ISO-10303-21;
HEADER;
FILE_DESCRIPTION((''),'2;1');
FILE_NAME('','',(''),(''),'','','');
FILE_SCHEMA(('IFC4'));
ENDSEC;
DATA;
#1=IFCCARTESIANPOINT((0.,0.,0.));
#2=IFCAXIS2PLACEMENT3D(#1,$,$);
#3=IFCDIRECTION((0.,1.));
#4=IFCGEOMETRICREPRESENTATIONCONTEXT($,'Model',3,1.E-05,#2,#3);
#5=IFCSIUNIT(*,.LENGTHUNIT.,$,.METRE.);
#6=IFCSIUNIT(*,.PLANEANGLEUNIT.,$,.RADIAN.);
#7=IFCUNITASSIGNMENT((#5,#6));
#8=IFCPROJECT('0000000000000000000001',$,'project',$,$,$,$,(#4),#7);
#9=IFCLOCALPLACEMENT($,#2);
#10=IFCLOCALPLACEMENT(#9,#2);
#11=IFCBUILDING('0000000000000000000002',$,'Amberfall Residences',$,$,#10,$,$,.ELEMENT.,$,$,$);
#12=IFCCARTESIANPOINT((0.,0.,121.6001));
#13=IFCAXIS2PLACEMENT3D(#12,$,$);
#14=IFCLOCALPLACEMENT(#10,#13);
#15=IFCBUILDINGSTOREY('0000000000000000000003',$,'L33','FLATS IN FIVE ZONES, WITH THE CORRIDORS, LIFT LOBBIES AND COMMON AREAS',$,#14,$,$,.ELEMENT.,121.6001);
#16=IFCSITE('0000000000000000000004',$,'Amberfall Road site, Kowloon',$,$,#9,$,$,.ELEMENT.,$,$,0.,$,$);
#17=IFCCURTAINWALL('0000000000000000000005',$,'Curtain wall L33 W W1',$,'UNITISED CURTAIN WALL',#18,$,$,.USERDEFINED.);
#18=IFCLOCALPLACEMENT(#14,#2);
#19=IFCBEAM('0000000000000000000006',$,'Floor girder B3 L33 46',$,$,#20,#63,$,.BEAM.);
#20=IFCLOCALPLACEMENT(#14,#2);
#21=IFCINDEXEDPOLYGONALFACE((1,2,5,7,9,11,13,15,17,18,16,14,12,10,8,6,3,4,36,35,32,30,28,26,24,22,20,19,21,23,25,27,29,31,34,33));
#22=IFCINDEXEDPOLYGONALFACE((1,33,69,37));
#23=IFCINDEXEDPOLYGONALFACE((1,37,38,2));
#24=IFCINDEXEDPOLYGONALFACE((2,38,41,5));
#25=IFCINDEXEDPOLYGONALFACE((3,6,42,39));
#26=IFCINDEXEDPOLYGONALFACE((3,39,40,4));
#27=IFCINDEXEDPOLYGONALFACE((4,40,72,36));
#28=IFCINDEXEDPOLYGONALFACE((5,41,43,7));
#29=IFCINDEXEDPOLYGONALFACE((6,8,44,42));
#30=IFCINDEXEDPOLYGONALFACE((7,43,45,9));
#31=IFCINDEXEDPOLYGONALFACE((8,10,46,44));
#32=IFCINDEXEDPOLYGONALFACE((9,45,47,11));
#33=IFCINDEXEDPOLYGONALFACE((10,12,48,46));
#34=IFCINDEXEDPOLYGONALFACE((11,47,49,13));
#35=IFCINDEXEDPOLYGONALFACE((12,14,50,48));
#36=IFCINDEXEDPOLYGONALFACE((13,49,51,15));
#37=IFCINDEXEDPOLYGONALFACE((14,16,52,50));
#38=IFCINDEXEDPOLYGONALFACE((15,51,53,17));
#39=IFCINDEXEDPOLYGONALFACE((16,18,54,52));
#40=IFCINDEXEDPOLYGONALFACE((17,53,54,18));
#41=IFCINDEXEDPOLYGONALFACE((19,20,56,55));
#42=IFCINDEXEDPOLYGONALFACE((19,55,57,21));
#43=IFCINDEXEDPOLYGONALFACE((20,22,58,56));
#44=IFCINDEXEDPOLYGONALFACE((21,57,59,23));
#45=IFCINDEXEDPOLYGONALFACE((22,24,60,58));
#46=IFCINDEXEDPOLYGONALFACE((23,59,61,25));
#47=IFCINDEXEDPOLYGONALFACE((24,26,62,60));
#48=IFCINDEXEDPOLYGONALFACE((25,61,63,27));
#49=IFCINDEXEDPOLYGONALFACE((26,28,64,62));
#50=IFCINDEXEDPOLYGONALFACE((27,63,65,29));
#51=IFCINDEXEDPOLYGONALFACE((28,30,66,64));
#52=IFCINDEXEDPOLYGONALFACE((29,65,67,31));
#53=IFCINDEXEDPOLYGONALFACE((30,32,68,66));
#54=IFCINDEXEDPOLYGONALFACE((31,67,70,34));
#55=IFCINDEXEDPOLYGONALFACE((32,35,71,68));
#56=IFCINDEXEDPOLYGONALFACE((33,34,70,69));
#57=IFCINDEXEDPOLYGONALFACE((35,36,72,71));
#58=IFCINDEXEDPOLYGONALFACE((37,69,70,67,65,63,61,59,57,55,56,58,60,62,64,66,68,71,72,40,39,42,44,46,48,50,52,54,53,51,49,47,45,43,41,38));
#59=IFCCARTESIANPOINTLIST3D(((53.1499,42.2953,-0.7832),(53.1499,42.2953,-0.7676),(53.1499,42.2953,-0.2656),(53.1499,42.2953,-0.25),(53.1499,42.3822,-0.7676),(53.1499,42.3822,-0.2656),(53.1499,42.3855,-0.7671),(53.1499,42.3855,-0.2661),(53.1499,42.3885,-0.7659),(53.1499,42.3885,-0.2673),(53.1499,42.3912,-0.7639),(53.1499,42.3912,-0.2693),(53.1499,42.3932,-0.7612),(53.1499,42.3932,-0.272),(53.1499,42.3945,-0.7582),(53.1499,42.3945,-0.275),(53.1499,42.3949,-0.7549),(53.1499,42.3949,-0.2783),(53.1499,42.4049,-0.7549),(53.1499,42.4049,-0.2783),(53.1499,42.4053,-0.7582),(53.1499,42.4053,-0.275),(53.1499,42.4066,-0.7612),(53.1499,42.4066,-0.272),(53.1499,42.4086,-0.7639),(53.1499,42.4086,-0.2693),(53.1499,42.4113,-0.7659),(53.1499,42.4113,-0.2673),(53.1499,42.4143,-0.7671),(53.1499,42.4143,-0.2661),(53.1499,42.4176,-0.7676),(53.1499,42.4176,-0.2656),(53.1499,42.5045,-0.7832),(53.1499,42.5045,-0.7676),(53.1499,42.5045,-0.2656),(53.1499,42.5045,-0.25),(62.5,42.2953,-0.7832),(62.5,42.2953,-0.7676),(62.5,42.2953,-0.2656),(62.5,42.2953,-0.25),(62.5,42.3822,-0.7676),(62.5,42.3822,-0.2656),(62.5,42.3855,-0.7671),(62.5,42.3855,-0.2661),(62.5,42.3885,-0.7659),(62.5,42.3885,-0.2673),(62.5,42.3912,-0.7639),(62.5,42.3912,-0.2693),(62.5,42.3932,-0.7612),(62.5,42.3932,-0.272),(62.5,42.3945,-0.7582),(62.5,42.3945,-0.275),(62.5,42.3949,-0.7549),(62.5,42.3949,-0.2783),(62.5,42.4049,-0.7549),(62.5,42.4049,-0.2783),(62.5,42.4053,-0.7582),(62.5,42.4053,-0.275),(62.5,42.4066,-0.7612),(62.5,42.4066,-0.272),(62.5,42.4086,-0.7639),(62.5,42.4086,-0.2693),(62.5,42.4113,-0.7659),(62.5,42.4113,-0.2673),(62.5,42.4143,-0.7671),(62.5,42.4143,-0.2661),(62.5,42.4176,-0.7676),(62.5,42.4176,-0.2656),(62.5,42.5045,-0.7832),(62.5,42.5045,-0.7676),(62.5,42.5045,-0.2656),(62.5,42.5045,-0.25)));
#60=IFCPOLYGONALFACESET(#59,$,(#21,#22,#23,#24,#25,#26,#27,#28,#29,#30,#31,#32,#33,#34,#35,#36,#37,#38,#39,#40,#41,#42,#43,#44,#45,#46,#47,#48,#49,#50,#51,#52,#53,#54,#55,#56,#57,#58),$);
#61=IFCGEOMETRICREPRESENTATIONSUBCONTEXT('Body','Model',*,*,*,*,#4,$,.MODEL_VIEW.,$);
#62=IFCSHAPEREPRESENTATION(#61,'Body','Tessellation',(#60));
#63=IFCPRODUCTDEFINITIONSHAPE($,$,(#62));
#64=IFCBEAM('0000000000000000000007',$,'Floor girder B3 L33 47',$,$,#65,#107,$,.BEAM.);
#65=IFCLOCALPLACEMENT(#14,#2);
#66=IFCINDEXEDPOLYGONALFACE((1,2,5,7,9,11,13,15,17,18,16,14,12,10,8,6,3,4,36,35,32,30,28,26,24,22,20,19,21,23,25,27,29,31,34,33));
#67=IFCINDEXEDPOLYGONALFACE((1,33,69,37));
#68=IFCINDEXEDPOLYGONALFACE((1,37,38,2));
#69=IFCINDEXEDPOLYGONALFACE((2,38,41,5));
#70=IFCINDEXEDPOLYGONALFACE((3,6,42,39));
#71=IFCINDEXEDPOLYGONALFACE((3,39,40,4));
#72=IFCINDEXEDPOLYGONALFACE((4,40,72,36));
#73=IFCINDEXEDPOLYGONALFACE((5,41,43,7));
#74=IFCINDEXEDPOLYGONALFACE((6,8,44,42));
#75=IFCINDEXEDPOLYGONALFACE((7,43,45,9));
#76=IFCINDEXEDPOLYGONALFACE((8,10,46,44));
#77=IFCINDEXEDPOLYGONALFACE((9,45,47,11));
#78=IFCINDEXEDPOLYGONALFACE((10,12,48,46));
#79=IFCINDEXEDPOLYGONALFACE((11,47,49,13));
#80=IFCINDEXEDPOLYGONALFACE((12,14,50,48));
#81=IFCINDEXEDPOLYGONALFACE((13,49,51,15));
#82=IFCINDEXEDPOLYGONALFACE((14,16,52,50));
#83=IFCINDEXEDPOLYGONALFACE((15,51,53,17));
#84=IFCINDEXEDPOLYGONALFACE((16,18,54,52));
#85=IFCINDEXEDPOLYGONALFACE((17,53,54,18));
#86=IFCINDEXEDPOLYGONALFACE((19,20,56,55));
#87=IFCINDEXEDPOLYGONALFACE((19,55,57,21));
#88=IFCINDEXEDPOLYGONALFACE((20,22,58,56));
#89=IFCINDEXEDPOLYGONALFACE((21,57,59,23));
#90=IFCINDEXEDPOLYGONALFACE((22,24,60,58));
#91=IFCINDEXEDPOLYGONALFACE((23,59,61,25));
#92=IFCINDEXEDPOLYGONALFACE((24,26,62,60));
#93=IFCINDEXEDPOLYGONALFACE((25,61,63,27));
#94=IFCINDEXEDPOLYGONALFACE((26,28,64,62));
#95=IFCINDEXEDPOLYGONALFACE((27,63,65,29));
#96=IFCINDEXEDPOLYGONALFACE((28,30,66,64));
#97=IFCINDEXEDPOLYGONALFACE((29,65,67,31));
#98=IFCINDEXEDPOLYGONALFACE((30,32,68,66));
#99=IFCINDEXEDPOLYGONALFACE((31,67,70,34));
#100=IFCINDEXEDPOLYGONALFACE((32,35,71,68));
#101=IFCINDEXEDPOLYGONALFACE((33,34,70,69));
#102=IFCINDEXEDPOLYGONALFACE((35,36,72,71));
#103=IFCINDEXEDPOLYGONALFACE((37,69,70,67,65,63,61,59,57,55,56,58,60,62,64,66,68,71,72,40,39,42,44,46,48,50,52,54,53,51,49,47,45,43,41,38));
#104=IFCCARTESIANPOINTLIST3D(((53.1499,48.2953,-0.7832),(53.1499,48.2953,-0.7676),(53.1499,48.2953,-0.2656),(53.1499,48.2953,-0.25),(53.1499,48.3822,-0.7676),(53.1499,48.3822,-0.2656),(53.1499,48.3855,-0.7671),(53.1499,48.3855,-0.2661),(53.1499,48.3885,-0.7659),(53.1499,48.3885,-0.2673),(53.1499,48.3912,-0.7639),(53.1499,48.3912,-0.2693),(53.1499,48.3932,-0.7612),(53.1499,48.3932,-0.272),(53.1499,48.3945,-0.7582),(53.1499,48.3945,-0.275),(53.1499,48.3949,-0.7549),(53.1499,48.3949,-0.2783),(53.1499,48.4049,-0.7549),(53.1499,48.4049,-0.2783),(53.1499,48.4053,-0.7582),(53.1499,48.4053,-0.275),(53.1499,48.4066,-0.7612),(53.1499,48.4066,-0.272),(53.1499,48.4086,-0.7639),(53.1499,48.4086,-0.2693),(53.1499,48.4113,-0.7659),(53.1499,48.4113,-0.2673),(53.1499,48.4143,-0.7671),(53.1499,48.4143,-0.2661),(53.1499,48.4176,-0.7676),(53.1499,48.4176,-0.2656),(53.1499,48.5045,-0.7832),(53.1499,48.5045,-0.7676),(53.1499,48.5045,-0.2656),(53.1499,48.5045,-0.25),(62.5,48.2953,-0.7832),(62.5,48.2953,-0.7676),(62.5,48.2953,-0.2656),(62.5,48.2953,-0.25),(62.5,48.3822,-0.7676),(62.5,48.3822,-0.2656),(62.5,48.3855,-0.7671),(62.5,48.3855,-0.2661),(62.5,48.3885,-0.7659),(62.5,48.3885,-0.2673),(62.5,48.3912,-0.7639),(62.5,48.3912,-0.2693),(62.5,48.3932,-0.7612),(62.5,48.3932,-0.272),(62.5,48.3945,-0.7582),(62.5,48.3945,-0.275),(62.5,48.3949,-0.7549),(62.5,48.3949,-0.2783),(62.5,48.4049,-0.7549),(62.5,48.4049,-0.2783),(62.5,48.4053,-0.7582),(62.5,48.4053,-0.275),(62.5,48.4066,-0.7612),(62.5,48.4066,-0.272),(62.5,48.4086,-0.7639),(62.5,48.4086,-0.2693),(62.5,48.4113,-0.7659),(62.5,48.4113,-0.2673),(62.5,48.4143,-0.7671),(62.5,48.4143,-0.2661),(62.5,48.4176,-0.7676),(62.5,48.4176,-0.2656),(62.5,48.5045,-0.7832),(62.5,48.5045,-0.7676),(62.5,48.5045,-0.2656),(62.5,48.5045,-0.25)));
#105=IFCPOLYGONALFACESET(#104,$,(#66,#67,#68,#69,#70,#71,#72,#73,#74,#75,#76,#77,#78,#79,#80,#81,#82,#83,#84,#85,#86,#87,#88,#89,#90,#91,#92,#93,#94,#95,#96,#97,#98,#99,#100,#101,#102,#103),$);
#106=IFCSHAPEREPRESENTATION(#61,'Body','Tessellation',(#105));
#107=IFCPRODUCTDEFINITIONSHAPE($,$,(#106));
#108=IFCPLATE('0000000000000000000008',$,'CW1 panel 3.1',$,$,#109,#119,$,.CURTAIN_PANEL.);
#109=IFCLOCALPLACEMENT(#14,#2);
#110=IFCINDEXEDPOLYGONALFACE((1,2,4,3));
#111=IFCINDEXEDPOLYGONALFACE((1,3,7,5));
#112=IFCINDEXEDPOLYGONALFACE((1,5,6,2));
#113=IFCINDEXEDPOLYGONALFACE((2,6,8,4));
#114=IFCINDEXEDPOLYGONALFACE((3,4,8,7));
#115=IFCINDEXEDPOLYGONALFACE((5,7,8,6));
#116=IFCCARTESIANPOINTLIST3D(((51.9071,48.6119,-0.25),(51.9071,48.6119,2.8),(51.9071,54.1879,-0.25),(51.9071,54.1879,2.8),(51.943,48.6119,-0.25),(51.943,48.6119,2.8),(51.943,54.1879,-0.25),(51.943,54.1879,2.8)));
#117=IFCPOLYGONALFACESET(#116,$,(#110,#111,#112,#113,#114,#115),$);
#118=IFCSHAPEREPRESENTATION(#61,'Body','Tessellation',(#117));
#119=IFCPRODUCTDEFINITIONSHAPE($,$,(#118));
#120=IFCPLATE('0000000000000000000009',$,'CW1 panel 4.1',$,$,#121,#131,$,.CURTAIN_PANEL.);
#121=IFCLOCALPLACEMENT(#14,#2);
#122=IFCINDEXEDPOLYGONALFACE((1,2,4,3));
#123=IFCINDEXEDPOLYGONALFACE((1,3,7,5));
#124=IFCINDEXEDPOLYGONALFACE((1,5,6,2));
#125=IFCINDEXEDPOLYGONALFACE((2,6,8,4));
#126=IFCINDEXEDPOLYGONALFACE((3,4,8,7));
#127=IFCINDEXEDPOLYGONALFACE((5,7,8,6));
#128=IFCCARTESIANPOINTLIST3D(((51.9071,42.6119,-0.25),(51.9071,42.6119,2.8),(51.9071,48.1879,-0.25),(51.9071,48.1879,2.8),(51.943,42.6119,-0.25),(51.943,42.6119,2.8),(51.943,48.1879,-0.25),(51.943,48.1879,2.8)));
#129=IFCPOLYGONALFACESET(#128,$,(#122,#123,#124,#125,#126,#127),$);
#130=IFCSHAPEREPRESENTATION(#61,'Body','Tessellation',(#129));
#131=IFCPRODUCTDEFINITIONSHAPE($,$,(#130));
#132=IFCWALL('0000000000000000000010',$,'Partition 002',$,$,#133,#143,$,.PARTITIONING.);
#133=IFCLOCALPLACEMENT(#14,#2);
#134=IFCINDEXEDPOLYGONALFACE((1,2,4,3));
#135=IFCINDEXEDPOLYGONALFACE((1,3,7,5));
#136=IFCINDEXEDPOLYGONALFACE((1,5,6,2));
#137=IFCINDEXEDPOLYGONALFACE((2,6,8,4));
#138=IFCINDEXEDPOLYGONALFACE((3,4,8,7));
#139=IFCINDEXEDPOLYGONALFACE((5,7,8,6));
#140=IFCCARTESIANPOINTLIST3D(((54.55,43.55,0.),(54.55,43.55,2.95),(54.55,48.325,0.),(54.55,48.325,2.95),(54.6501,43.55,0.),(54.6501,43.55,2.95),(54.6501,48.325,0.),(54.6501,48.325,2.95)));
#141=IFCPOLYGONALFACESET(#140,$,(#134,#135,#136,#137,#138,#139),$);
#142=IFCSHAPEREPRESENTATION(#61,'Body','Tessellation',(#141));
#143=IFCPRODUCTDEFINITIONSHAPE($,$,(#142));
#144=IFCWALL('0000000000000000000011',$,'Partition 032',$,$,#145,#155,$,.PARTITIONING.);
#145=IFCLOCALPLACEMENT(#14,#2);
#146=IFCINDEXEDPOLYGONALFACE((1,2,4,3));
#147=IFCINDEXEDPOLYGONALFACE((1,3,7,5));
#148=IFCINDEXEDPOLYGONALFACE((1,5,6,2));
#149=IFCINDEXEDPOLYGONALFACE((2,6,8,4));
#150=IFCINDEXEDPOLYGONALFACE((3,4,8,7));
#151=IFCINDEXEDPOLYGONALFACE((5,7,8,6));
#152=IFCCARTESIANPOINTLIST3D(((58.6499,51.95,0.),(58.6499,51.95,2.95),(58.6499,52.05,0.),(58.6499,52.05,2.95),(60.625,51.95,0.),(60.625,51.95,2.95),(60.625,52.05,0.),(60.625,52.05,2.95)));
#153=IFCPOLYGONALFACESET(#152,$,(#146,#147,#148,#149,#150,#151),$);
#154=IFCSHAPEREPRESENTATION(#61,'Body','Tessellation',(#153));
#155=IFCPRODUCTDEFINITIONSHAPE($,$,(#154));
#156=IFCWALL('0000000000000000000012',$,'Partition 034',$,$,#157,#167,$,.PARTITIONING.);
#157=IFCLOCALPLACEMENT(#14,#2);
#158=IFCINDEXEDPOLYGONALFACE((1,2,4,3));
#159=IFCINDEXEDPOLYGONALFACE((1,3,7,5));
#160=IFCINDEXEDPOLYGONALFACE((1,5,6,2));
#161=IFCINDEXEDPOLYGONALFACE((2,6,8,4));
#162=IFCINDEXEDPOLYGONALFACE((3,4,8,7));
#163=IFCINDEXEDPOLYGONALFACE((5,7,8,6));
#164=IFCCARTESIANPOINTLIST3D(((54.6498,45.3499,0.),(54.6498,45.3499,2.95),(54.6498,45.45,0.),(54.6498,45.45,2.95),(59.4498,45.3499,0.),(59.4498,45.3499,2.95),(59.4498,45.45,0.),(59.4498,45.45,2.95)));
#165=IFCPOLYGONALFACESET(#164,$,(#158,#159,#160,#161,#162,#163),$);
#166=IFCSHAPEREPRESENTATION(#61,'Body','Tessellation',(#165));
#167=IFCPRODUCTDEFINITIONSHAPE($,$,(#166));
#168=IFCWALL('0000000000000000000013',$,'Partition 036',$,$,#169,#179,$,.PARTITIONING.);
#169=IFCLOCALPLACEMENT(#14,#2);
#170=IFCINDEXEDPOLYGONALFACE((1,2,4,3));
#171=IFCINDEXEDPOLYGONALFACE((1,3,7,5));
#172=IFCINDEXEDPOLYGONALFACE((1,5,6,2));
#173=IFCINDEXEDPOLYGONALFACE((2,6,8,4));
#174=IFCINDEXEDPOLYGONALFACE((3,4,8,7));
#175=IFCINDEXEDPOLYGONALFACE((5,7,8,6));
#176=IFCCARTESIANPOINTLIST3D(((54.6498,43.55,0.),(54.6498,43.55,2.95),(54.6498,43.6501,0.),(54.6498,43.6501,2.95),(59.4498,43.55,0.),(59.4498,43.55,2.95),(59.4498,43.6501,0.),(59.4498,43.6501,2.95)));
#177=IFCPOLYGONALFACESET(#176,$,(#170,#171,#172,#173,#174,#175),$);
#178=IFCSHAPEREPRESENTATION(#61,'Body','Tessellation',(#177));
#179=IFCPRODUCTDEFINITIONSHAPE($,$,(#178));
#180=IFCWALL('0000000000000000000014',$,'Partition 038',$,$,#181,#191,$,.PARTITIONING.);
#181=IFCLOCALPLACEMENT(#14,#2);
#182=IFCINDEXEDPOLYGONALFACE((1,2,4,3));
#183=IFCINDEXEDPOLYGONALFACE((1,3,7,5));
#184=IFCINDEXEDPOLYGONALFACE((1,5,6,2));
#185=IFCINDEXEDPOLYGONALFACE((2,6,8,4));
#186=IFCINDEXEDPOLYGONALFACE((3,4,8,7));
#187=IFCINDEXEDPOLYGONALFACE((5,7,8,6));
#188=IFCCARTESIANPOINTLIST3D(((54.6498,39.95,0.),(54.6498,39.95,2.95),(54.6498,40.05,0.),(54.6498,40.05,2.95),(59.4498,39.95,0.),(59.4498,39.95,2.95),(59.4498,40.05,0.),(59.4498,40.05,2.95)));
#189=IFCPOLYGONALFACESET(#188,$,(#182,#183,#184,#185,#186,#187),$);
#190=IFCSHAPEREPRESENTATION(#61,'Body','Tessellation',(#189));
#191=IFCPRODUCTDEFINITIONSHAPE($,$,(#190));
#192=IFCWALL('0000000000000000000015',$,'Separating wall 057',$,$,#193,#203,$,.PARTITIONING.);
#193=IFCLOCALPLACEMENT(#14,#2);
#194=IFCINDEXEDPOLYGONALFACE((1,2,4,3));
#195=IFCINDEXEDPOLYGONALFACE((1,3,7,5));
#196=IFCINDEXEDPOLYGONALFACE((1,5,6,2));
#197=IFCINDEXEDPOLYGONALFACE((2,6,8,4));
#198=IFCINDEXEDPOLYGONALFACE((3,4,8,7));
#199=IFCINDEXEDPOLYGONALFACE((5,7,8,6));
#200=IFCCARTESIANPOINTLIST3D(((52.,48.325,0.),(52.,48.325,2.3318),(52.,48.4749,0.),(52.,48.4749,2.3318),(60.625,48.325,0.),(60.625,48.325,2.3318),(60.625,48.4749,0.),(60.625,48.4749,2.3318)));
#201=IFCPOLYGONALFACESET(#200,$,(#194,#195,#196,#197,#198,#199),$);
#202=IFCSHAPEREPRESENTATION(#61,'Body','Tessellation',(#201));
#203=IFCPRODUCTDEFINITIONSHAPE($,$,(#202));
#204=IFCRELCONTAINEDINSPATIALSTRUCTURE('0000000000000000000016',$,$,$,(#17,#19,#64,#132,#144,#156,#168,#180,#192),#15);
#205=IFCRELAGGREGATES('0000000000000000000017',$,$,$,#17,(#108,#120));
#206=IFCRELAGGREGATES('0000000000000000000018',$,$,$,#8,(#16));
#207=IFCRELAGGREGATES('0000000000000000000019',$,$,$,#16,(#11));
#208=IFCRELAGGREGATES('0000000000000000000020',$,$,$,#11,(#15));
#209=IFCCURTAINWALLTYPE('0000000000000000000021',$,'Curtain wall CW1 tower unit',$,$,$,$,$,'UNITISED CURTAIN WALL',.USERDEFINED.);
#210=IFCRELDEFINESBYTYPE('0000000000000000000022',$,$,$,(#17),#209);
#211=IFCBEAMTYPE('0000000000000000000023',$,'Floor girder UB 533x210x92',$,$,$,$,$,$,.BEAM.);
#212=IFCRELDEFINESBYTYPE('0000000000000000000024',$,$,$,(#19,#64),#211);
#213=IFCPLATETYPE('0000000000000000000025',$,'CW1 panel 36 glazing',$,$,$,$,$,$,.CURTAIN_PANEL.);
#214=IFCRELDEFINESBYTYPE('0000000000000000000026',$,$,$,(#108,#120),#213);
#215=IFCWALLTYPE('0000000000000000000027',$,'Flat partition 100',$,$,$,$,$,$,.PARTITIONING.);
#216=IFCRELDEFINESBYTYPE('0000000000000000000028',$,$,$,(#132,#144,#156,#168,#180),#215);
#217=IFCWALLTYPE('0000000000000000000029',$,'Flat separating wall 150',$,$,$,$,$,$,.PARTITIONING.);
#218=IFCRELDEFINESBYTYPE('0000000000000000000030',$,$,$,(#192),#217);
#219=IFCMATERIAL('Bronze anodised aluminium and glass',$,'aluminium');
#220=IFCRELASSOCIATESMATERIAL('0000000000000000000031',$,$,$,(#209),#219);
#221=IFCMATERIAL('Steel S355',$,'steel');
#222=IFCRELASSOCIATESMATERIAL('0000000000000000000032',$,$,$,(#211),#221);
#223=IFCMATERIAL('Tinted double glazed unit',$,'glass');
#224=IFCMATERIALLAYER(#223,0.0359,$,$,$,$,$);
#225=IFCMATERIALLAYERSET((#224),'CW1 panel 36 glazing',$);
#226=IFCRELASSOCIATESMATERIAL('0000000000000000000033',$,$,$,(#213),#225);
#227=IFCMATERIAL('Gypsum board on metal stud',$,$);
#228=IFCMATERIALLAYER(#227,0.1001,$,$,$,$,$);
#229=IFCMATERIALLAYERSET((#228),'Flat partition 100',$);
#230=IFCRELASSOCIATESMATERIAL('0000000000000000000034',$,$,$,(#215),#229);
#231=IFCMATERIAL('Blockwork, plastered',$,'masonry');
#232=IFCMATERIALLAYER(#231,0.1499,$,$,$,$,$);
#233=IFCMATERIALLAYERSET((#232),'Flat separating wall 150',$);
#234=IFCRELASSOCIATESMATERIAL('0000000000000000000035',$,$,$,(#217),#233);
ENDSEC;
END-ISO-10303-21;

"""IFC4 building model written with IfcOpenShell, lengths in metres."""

from ifc_helpers import new_model, si_unit, direction, frame, frame_2d, origin, origin_2d, place, context, subcontext, project, spatial, rectangle, i_section, extrude, material, layer, layer_set, material_profile, profile_set, type_object, element, aggregate, save


model = new_model("IFC4")

# Units and contexts
model_context = context("Model", 3, precision=1e-05, world=origin(), true_north=direction((0.0, 1.0)))
body_context = subcontext(model_context, "Body", "Model", "MODEL_VIEW")
ifc_project = project(units=[si_unit("LENGTHUNIT", "METRE"), si_unit("PLANEANGLEUNIT", "RADIAN")], contexts=[model_context])

# Site, building, storey
site_placement = place(None, origin())
site = spatial("IfcSite", under=ifc_project, at=site_placement, Name="Amberfall Road site, Kowloon", CompositionType="ELEMENT", RefElevation=0.0)
building_placement = place(site_placement, origin())
building = spatial("IfcBuilding", under=site, at=building_placement, Name="Amberfall Residences", CompositionType="ELEMENT")
storey_placement = place(building_placement, frame((0.0, 0.0, 121.6001)))
storey = spatial("IfcBuildingStorey", under=building, at=storey_placement, Name="L33", Description="FLATS IN FIVE ZONES, WITH THE CORRIDORS, LIFT LOBBIES AND COMMON AREAS", CompositionType="ELEMENT", Elevation=121.6001)

# Curtain wall
ifc_material_1 = material(Name="Bronze anodised aluminium and glass", Category="aluminium")
curtain_wall_type = type_object("IfcCurtainWallType", Name="Curtain wall CW1 tower unit", ElementType="UNITISED CURTAIN WALL", PredefinedType="USERDEFINED", material=ifc_material_1)
curtain_wall_placement = place(storey_placement, origin())
curtain_wall = element("IfcCurtainWall", 1, at=curtain_wall_placement, inside=storey, type_object=curtain_wall_type, Name="Curtain wall L33 W W1", ObjectType="UNITISED CURTAIN WALL", PredefinedType="USERDEFINED")

# Shared definitions
ifc_material_2 = material(Name="Steel S355", Category="steel")

# Beams
ifc_material_profile_1 = material_profile(ifc_material_2, i_section(OverallWidth=0.2092, OverallDepth=0.5332, WebThickness=0.01, FlangeThickness=0.0156, FilletRadius=0.0127, at=origin_2d()), Name="UB 533x210x92")
ifc_profile_set_1 = profile_set([ifc_material_profile_1], Name="Steel S355")
beam_type_1 = type_object("IfcBeamType", Name="Floor girder UB 533x210x92", PredefinedType="BEAM", material=ifc_profile_set_1)
for number, where, z_axis, x_axis, name in (
    (2, (53.1499, 42.3999, -0.5166), (1.0, 0.0, 0.0), (0.0, 1.0, 0.0), "Floor girder B3 L33 46"),
    (3, (53.1499, 48.3999, -0.5166), (1.0, 0.0, 0.0), (0.0, 1.0, 0.0), "Floor girder B3 L33 47"),
):
    element("IfcBeam", number, at=place(storey_placement, frame(where, z_axis=z_axis, x_axis=x_axis)), inside=storey, type_object=beam_type_1, Name=name, PredefinedType="BEAM", context=body_context, shape_type="SweptSolid", body=[
        extrude(i_section(OverallWidth=0.2092, OverallDepth=0.5332, WebThickness=0.01, FlangeThickness=0.0156, FilletRadius=0.0127, at=origin_2d()), origin(), (0.0, 0.0, 1.0), 9.3501),
    ])

# Plates
ifc_material_3 = material(Name="Tinted double glazed unit", Category="glass")
ifc_layer_1 = layer(ifc_material_3, 0.0359)
ifc_layer_set_1 = layer_set([ifc_layer_1], Name="CW1 panel 36 glazing")
plate_type = type_object("IfcPlateType", Name="CW1 panel 36 glazing", PredefinedType="CURTAIN_PANEL", material=ifc_layer_set_1)
plate_1_placement = place(storey_placement, frame((51.925, 51.3999, -0.25), z_axis=(0.0, 0.0, 1.0), x_axis=(0.0, -1.0, 0.0)))
plate_1 = element("IfcPlate", 4, at=plate_1_placement, type_object=plate_type, Name="CW1 panel 3.1", PredefinedType="CURTAIN_PANEL", context=body_context, shape_type="SweptSolid", body=[
    extrude(rectangle(XDim=5.5759, YDim=0.0359, at=origin_2d()), origin(), (0.0, 0.0, 1.0), 3.05),
])
plate_2_placement = place(storey_placement, frame((51.925, 45.3999, -0.25), z_axis=(0.0, 0.0, 1.0), x_axis=(0.0, -1.0, 0.0)))
plate_2 = element("IfcPlate", 5, at=plate_2_placement, type_object=plate_type, Name="CW1 panel 4.1", PredefinedType="CURTAIN_PANEL", context=body_context, shape_type="SweptSolid", body=[
    extrude(rectangle(XDim=5.5759, YDim=0.0359, at=origin_2d()), origin(), (0.0, 0.0, 1.0), 3.05),
])
aggregate(curtain_wall, [plate_1, plate_2])

# Walls
ifc_material_4 = material(Name="Gypsum board on metal stud")
ifc_layer_2 = layer(ifc_material_4, 0.1001)
ifc_layer_set_2 = layer_set([ifc_layer_2], Name="Flat partition 100")
wall_type_1 = type_object("IfcWallType", Name="Flat partition 100", PredefinedType="PARTITIONING", material=ifc_layer_set_2)
wall_1_placement = place(storey_placement, frame((54.6001, 43.55, 0.0), z_axis=(0.0, 0.0, 1.0), x_axis=(0.0, 1.0, 0.0)))
element("IfcWall", 6, at=wall_1_placement, inside=storey, type_object=wall_type_1, Name="Partition 002", PredefinedType="PARTITIONING", context=body_context, shape_type="SweptSolid", body=[
    extrude(rectangle(XDim=4.7749, YDim=0.1001, at=frame_2d((2.3875, 0.0))), origin(), (0.0, 0.0, 1.0), 2.95),
])
wall_2_placement = place(storey_placement, frame((58.6499, 52.0, 0.0), z_axis=(0.0, 0.0, 1.0), x_axis=(1.0, 0.0, 0.0)))
element("IfcWall", 7, at=wall_2_placement, inside=storey, type_object=wall_type_1, Name="Partition 032", PredefinedType="PARTITIONING", context=body_context, shape_type="SweptSolid", body=[
    extrude(rectangle(XDim=1.9751, YDim=0.1001, at=frame_2d((0.9875, 0.0))), origin(), (0.0, 0.0, 1.0), 2.95),
])
for number, where, z_axis, x_axis, name in (
    (8, (54.6499, 45.3999, 0.0), (0.0, 0.0, 1.0), (1.0, 0.0, 0.0), "Partition 034"),
    (9, (54.6499, 43.6001, 0.0), (0.0, 0.0, 1.0), (1.0, 0.0, 0.0), "Partition 036"),
    (10, (54.6499, 40.0, 0.0), (0.0, 0.0, 1.0), (1.0, 0.0, 0.0), "Partition 038"),
):
    element("IfcWall", number, at=place(storey_placement, frame(where, z_axis=z_axis, x_axis=x_axis)), inside=storey, type_object=wall_type_1, Name=name, PredefinedType="PARTITIONING", context=body_context, shape_type="SweptSolid", body=[
        extrude(rectangle(XDim=4.8, YDim=0.1001, at=frame_2d((2.3999, 0.0))), origin(), (0.0, 0.0, 1.0), 2.95),
    ])
ifc_material_5 = material(Name="Blockwork, plastered", Category="masonry")
ifc_layer_3 = layer(ifc_material_5, 0.1499)
ifc_layer_set_3 = layer_set([ifc_layer_3], Name="Flat separating wall 150")
wall_type_2 = type_object("IfcWallType", Name="Flat separating wall 150", PredefinedType="PARTITIONING", material=ifc_layer_set_3)
wall_3_placement = place(storey_placement, frame((52.0, 48.3999, 0.0), z_axis=(0.0, 0.0, 1.0), x_axis=(1.0, 0.0, 0.0)))
element("IfcWall", 11, at=wall_3_placement, inside=storey, type_object=wall_type_2, Name="Separating wall 057", PredefinedType="PARTITIONING", context=body_context, shape_type="SweptSolid", body=[
    extrude(rectangle(XDim=8.625, YDim=0.1499, at=frame_2d((4.3125, 0.0))), origin(), (0.0, 0.0, 1.0), 2.3318),
])

save(model, "model.ifc")
